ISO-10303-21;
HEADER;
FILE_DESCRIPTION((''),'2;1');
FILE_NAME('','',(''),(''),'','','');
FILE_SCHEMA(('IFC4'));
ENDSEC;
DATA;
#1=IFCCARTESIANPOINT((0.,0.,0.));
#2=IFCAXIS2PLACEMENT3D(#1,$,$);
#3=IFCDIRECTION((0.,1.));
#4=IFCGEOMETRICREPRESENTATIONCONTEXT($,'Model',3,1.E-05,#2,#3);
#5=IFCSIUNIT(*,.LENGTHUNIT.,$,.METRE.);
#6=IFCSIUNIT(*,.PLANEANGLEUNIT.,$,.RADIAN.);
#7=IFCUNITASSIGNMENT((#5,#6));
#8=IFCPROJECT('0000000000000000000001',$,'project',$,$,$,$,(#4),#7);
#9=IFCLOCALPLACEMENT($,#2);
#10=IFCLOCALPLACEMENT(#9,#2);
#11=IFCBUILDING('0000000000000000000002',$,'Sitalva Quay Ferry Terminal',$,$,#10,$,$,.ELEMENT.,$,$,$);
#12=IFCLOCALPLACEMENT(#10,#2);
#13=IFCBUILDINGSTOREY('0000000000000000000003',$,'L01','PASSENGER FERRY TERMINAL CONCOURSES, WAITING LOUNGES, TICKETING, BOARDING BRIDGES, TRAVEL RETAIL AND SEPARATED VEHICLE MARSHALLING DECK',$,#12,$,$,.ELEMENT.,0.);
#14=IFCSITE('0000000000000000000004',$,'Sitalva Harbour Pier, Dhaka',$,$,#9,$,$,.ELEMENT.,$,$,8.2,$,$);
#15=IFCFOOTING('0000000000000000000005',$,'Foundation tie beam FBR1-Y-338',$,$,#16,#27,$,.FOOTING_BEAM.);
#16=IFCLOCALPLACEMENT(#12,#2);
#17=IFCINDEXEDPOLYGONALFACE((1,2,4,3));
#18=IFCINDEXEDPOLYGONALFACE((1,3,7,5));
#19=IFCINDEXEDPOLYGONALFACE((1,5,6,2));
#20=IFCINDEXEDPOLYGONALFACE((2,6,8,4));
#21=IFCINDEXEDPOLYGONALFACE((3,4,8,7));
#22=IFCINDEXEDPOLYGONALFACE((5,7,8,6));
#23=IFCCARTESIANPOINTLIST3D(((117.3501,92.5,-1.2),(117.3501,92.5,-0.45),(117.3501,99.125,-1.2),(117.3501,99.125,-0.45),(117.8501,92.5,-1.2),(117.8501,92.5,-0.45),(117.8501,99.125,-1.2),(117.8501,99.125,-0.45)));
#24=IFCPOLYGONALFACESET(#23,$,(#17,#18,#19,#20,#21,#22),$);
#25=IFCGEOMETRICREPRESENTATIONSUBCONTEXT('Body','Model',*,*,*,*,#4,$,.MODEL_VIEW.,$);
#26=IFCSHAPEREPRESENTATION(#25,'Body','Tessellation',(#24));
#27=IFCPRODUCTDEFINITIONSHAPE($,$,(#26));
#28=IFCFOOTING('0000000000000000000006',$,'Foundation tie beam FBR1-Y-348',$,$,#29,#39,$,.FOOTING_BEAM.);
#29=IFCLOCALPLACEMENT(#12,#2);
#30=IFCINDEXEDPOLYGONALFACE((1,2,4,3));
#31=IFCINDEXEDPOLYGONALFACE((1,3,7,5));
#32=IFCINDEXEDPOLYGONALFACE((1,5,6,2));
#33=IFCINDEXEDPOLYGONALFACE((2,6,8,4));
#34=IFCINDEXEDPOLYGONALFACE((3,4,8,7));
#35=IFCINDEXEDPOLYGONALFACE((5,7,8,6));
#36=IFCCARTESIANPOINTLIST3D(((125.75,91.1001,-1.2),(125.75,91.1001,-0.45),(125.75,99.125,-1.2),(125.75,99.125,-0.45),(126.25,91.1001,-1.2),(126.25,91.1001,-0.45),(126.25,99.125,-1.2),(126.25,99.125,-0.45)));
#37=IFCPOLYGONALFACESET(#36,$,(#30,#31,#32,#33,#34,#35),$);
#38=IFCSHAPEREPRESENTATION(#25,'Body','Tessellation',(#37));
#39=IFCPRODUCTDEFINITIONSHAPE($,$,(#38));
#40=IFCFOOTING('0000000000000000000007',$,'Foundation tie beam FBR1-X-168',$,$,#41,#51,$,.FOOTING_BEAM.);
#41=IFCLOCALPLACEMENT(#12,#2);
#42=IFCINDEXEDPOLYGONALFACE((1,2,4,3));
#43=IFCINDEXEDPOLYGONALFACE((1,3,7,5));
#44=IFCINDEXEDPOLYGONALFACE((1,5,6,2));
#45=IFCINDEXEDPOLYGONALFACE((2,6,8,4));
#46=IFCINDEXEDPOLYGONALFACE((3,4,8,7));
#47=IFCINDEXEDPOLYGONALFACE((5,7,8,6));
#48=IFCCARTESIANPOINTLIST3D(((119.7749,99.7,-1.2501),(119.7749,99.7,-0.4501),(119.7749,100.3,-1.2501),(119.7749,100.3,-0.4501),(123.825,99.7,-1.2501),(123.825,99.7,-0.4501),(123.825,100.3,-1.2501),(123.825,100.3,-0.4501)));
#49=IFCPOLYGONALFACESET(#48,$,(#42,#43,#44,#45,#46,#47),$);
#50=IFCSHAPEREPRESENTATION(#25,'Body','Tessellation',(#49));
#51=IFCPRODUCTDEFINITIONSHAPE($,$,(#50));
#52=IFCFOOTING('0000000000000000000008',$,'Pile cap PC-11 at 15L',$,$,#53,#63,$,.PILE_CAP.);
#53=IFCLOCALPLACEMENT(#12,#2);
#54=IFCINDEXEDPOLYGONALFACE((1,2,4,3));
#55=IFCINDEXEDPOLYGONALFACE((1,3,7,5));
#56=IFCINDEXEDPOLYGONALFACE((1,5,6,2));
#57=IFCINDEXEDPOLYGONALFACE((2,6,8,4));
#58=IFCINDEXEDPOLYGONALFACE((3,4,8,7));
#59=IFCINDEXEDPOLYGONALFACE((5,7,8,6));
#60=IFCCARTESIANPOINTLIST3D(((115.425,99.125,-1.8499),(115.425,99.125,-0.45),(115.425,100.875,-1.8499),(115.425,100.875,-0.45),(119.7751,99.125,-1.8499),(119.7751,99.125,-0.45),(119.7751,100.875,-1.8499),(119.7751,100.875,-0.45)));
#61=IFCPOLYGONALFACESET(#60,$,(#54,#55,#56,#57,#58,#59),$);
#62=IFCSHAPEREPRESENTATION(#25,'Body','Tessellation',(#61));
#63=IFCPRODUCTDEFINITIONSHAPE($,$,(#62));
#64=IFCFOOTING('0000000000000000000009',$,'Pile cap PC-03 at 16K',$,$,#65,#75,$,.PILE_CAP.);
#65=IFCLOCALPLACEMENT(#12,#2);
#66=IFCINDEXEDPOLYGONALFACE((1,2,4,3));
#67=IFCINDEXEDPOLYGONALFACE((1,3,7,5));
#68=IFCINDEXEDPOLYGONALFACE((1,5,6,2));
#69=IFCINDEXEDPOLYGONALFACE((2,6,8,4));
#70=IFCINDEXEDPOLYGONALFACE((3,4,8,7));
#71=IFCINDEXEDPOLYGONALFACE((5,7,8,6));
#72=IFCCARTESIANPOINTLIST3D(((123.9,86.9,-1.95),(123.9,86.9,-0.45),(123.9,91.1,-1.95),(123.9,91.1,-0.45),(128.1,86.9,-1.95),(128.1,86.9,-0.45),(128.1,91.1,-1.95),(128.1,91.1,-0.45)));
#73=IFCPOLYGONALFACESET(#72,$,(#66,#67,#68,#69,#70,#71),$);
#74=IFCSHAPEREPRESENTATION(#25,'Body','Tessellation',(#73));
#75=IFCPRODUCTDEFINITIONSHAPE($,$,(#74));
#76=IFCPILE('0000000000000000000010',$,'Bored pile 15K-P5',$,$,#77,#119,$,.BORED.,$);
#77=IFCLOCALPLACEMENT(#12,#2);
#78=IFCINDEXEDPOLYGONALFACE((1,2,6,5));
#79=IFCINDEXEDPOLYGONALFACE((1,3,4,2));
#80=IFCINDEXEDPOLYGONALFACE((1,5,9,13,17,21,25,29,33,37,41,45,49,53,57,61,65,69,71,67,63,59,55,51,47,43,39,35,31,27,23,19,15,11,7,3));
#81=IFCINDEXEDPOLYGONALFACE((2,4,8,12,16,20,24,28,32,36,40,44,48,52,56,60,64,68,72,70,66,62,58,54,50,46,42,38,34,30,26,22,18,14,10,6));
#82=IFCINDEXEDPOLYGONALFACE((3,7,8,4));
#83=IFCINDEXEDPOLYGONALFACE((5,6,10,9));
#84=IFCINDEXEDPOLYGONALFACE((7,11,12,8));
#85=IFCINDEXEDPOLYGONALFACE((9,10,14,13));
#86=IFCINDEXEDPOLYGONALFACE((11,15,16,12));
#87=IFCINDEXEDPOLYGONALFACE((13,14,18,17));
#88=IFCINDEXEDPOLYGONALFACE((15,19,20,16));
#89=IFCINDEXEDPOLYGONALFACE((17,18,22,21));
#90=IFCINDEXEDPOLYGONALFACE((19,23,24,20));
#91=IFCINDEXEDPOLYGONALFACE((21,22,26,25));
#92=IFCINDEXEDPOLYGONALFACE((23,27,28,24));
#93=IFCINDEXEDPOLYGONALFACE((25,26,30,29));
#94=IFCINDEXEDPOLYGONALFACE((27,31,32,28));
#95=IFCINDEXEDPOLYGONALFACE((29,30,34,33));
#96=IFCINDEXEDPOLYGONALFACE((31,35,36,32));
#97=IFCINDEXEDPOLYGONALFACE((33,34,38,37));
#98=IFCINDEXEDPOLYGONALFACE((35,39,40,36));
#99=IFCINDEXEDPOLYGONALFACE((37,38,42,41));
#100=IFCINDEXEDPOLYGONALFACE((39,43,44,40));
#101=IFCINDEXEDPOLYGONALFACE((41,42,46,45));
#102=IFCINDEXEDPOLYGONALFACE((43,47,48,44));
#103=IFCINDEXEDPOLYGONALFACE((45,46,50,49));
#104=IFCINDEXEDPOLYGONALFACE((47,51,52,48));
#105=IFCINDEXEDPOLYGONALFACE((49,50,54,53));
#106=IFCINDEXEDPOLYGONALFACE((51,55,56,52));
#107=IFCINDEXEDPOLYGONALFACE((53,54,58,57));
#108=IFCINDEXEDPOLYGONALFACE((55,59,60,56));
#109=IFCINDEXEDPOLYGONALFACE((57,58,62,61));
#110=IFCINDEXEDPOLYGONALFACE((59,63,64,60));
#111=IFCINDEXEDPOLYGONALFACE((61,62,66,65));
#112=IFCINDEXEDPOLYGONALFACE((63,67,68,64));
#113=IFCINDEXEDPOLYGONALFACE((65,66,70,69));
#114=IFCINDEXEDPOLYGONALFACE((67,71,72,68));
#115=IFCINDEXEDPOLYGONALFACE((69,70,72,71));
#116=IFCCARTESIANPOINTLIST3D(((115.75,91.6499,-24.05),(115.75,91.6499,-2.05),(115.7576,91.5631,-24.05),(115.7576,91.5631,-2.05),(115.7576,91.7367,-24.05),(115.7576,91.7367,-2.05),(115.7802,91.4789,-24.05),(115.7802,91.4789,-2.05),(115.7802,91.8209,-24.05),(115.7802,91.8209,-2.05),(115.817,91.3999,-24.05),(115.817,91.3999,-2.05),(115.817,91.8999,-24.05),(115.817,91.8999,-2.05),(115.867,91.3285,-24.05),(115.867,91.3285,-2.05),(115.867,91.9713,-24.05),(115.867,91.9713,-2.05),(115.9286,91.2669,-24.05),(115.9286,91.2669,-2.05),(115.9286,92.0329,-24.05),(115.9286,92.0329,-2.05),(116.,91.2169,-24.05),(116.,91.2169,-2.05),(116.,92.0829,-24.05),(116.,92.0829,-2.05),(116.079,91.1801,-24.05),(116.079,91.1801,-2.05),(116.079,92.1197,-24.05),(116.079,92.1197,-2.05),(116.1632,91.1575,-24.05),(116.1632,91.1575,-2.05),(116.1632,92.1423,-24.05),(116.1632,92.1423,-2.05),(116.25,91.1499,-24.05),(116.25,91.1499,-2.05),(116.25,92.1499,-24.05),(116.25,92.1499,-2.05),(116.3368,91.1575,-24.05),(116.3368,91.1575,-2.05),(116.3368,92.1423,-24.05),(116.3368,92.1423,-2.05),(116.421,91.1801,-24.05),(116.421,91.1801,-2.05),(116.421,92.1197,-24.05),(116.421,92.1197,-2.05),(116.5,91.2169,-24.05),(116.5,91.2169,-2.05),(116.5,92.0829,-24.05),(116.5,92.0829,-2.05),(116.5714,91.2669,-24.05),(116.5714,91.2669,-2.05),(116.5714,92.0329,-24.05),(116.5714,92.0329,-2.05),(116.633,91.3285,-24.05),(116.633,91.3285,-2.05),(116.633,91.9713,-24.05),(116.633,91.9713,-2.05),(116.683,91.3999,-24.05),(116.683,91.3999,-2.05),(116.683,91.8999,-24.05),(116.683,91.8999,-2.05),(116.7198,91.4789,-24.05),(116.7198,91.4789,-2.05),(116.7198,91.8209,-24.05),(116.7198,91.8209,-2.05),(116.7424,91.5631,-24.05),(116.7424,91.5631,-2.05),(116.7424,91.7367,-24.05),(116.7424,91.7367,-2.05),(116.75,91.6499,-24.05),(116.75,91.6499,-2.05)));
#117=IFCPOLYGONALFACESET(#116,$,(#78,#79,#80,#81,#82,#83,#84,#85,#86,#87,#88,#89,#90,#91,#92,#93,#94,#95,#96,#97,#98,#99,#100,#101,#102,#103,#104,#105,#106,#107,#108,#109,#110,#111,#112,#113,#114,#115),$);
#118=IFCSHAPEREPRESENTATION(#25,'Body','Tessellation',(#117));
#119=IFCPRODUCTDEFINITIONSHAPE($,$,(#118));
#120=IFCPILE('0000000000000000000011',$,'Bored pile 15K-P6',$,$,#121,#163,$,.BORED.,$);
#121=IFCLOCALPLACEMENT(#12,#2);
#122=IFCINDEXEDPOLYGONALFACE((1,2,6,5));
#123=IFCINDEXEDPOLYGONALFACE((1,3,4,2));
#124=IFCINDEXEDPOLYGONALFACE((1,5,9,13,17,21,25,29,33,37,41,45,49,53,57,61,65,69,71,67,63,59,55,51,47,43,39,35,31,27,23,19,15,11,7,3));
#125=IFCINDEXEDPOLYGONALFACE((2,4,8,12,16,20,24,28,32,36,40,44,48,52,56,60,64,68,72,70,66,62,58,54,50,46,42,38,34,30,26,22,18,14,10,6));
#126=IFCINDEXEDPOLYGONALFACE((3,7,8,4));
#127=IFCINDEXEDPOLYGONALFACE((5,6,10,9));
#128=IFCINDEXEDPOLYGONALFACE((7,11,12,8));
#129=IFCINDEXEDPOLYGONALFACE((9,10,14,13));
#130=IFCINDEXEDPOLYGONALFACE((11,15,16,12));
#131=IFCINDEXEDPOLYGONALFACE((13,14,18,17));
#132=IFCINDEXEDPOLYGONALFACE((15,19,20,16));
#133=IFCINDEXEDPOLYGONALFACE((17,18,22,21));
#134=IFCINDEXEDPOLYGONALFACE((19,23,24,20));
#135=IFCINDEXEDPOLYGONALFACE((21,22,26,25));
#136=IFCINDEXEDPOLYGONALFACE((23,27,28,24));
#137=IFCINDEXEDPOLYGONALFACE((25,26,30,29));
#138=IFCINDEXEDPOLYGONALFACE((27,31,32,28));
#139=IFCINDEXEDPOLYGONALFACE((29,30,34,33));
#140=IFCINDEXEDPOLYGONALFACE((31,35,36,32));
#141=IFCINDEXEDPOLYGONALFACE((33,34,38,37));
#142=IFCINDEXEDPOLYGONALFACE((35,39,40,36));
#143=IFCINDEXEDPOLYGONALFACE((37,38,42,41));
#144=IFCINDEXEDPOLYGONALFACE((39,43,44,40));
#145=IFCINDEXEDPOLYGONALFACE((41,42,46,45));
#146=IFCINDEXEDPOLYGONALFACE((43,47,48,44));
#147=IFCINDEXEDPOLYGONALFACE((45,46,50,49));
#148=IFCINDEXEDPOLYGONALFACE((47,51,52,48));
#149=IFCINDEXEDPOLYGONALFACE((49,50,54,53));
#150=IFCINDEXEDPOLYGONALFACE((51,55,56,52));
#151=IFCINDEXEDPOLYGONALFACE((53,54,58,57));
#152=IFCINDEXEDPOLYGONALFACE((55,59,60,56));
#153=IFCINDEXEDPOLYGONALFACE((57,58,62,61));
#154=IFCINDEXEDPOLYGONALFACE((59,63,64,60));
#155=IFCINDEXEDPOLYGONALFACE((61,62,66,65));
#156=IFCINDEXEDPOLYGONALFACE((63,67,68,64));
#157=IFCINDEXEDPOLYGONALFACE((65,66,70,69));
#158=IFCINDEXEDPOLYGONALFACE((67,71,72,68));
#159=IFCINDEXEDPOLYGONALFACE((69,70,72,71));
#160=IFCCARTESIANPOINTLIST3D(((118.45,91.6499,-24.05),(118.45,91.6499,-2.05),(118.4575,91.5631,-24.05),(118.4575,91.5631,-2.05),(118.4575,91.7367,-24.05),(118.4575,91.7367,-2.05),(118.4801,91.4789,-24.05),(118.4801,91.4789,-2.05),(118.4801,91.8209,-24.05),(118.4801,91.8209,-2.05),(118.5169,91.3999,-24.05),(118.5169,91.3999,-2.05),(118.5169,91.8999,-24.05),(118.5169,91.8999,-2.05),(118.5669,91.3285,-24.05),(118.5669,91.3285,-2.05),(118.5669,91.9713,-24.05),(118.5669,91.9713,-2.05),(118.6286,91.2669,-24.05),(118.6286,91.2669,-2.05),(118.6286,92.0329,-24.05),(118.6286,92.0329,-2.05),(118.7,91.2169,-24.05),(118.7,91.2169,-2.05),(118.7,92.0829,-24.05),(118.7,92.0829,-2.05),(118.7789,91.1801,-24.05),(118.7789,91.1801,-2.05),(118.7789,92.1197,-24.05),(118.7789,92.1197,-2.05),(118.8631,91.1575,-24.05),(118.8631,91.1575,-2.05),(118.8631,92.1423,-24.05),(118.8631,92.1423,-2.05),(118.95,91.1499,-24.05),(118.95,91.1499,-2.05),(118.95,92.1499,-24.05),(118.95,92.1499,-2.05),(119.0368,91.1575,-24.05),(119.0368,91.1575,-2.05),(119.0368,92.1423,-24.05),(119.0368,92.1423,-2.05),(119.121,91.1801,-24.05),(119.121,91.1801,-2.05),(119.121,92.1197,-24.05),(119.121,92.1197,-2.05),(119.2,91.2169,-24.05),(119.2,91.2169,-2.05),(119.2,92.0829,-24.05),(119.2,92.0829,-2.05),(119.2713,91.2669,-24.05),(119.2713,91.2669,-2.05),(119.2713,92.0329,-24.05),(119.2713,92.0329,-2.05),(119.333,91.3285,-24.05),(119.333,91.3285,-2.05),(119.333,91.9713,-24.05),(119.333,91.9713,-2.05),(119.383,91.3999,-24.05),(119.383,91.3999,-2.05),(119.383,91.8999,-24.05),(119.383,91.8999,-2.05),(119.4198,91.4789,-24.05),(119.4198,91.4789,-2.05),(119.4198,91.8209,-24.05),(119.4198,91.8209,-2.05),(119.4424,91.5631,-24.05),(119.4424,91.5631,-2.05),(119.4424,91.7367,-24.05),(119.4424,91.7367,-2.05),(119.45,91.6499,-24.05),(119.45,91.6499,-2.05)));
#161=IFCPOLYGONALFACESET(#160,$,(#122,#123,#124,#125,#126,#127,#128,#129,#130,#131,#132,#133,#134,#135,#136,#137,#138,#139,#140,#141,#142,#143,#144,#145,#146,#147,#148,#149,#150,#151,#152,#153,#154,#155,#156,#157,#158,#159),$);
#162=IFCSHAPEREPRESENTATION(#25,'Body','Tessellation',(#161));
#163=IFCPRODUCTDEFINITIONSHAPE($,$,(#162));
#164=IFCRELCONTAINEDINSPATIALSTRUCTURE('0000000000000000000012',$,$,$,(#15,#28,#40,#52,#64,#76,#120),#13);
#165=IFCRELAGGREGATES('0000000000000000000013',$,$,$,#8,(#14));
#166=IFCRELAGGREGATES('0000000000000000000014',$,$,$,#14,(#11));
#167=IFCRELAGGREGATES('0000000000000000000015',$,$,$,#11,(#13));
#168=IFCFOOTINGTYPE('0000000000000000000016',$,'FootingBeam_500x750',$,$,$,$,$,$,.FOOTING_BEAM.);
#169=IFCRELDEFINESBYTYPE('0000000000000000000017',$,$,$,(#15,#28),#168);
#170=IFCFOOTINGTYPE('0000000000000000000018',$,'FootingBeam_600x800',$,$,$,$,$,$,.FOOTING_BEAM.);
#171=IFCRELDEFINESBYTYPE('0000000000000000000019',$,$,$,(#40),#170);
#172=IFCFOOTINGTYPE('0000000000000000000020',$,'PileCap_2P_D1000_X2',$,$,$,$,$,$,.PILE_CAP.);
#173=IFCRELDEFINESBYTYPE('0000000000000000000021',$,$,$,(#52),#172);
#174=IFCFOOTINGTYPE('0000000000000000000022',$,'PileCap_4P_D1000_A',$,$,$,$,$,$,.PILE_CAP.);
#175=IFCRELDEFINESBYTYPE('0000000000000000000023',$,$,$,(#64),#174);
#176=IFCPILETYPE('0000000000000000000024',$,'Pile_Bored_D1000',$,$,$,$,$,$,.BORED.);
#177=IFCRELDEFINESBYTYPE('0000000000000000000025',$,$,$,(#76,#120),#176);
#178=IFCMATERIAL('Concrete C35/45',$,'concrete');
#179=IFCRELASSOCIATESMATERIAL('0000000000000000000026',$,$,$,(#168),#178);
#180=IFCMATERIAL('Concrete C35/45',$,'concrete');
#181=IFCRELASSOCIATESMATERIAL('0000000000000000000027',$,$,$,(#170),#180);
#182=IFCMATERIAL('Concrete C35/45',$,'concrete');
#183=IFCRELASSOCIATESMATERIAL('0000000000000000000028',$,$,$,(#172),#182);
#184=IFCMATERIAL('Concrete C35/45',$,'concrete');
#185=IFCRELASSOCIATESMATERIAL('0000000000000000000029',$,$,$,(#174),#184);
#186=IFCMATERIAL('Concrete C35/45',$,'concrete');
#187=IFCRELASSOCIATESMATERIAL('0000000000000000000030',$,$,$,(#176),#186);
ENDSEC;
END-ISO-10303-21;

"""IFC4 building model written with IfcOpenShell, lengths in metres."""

from ifc_helpers import new_model, si_unit, direction, frame, origin, origin_2d, place, context, subcontext, project, spatial, rectangle, circle, extrude, material, material_profile, profile_set, type_object, element, save


model = new_model("IFC4")

# Units and contexts
model_context = context("Model", 3, precision=1e-05, world=origin(), true_north=direction((0.0, 1.0)))
body_context = subcontext(model_context, "Body", "Model", "MODEL_VIEW")
ifc_project = project(units=[si_unit("LENGTHUNIT", "METRE"), si_unit("PLANEANGLEUNIT", "RADIAN")], contexts=[model_context])

# Site, building, storey
site_placement = place(None, origin())
site = spatial("IfcSite", under=ifc_project, at=site_placement, Name="Sitalva Harbour Pier, Dhaka", CompositionType="ELEMENT", RefElevation=8.2)
building_placement = place(site_placement, origin())
building = spatial("IfcBuilding", under=site, at=building_placement, Name="Sitalva Quay Ferry Terminal", CompositionType="ELEMENT")
storey_placement = place(building_placement, origin())
storey = spatial("IfcBuildingStorey", under=building, at=storey_placement, Name="L01", Description="PASSENGER FERRY TERMINAL CONCOURSES, WAITING LOUNGES, TICKETING, BOARDING BRIDGES, TRAVEL RETAIL AND SEPARATED VEHICLE MARSHALLING DECK", CompositionType="ELEMENT", Elevation=0.0)

# Footings
ifc_material_1 = material(Name="Concrete C35/45", Category="concrete")
ifc_material_profile_1 = material_profile(ifc_material_1, rectangle(XDim=0.5, YDim=0.75, at=origin_2d()), Name="RC500x750")
ifc_profile_set_1 = profile_set([ifc_material_profile_1], Name="Concrete C35/45")
footing_type_1 = type_object("IfcFootingType", Name="FootingBeam_500x750", PredefinedType="FOOTING_BEAM", material=ifc_profile_set_1)
footing_1_placement = place(storey_placement, frame((117.6001, 92.5, -0.825), z_axis=(0.0, 1.0, 0.0), x_axis=(-1.0, 0.0, 0.0)))
element("IfcFooting", 1, at=footing_1_placement, inside=storey, type_object=footing_type_1, Name="Foundation tie beam FBR1-Y-338", PredefinedType="FOOTING_BEAM", context=body_context, shape_type="SweptSolid", body=[
    extrude(rectangle(XDim=0.5, YDim=0.75, at=origin_2d()), origin(), (0.0, 0.0, 1.0), 6.625),
])
footing_2_placement = place(storey_placement, frame((126.0, 91.1001, -0.825), z_axis=(0.0, 1.0, 0.0), x_axis=(-1.0, 0.0, 0.0)))
element("IfcFooting", 2, at=footing_2_placement, inside=storey, type_object=footing_type_1, Name="Foundation tie beam FBR1-Y-348", PredefinedType="FOOTING_BEAM", context=body_context, shape_type="SweptSolid", body=[
    extrude(rectangle(XDim=0.5, YDim=0.75, at=origin_2d()), origin(), (0.0, 0.0, 1.0), 8.0249),
])
ifc_material_2 = material(Name="Concrete C35/45", Category="concrete")
ifc_material_profile_2 = material_profile(ifc_material_2, rectangle(XDim=0.6001, YDim=0.8, at=origin_2d()), Name="RC600x800")
ifc_profile_set_2 = profile_set([ifc_material_profile_2], Name="Concrete C35/45")
footing_type_2 = type_object("IfcFootingType", Name="FootingBeam_600x800", PredefinedType="FOOTING_BEAM", material=ifc_profile_set_2)
footing_3_placement = place(storey_placement, frame((119.7749, 100.0, -0.8501), z_axis=(1.0, 0.0, 0.0), x_axis=(0.0, 1.0, 0.0)))
element("IfcFooting", 3, at=footing_3_placement, inside=storey, type_object=footing_type_2, Name="Foundation tie beam FBR1-X-168", PredefinedType="FOOTING_BEAM", context=body_context, shape_type="SweptSolid", body=[
    extrude(rectangle(XDim=0.6001, YDim=0.8, at=origin_2d()), origin(), (0.0, 0.0, 1.0), 4.05),
])
ifc_material_3 = material(Name="Concrete C35/45", Category="concrete")
footing_type_3 = type_object("IfcFootingType", Name="PileCap_2P_D1000_X2", PredefinedType="PILE_CAP", material=ifc_material_3)
footing_4_placement = place(storey_placement, frame((117.6001, 100.0, -1.8499), z_axis=(0.0, 0.0, 1.0), x_axis=(1.0, 0.0, 0.0)))
element("IfcFooting", 4, at=footing_4_placement, inside=storey, type_object=footing_type_3, Name="Pile cap PC-11 at 15L", PredefinedType="PILE_CAP", context=body_context, shape_type="SweptSolid", body=[
    extrude(rectangle(XDim=4.3501, YDim=1.75, at=origin_2d()), origin(), (0.0, 0.0, 1.0), 1.3999),
])
ifc_material_4 = material(Name="Concrete C35/45", Category="concrete")
footing_type_4 = type_object("IfcFootingType", Name="PileCap_4P_D1000_A", PredefinedType="PILE_CAP", material=ifc_material_4)
footing_5_placement = place(storey_placement, frame((126.0, 89.0, -1.95), z_axis=(0.0, 0.0, 1.0), x_axis=(1.0, 0.0, 0.0)))
element("IfcFooting", 5, at=footing_5_placement, inside=storey, type_object=footing_type_4, Name="Pile cap PC-03 at 16K", PredefinedType="PILE_CAP", context=body_context, shape_type="SweptSolid", body=[
    extrude(rectangle(XDim=4.2, YDim=4.2, at=origin_2d()), origin(), (0.0, 0.0, 1.0), 1.5),
])

# Piles
ifc_material_5 = material(Name="Concrete C35/45", Category="concrete")
ifc_material_profile_3 = material_profile(ifc_material_5, circle(Radius=0.5, at=origin_2d()), Name="PILE-D1000")
ifc_profile_set_3 = profile_set([ifc_material_profile_3], Name="Concrete C35/45")
pile_type = type_object("IfcPileType", Name="Pile_Bored_D1000", PredefinedType="BORED", material=ifc_profile_set_3)
for number, where, z_axis, x_axis, name in (
    (6, (116.25, 91.6499, -2.05), (0.0, 0.0, -1.0), (1.0, 0.0, 0.0), "Bored pile 15K-P5"),
    (7, (118.95, 91.6499, -2.05), (0.0, 0.0, -1.0), (1.0, 0.0, 0.0), "Bored pile 15K-P6"),
):
    element("IfcPile", number, at=place(storey_placement, frame(where, z_axis=z_axis, x_axis=x_axis)), inside=storey, type_object=pile_type, Name=name, PredefinedType="BORED", context=body_context, shape_type="SweptSolid", body=[
        extrude(circle(Radius=0.5, at=origin_2d()), origin(), (0.0, 0.0, 1.0), 22.0),
    ])

save(model, "model.ifc")
